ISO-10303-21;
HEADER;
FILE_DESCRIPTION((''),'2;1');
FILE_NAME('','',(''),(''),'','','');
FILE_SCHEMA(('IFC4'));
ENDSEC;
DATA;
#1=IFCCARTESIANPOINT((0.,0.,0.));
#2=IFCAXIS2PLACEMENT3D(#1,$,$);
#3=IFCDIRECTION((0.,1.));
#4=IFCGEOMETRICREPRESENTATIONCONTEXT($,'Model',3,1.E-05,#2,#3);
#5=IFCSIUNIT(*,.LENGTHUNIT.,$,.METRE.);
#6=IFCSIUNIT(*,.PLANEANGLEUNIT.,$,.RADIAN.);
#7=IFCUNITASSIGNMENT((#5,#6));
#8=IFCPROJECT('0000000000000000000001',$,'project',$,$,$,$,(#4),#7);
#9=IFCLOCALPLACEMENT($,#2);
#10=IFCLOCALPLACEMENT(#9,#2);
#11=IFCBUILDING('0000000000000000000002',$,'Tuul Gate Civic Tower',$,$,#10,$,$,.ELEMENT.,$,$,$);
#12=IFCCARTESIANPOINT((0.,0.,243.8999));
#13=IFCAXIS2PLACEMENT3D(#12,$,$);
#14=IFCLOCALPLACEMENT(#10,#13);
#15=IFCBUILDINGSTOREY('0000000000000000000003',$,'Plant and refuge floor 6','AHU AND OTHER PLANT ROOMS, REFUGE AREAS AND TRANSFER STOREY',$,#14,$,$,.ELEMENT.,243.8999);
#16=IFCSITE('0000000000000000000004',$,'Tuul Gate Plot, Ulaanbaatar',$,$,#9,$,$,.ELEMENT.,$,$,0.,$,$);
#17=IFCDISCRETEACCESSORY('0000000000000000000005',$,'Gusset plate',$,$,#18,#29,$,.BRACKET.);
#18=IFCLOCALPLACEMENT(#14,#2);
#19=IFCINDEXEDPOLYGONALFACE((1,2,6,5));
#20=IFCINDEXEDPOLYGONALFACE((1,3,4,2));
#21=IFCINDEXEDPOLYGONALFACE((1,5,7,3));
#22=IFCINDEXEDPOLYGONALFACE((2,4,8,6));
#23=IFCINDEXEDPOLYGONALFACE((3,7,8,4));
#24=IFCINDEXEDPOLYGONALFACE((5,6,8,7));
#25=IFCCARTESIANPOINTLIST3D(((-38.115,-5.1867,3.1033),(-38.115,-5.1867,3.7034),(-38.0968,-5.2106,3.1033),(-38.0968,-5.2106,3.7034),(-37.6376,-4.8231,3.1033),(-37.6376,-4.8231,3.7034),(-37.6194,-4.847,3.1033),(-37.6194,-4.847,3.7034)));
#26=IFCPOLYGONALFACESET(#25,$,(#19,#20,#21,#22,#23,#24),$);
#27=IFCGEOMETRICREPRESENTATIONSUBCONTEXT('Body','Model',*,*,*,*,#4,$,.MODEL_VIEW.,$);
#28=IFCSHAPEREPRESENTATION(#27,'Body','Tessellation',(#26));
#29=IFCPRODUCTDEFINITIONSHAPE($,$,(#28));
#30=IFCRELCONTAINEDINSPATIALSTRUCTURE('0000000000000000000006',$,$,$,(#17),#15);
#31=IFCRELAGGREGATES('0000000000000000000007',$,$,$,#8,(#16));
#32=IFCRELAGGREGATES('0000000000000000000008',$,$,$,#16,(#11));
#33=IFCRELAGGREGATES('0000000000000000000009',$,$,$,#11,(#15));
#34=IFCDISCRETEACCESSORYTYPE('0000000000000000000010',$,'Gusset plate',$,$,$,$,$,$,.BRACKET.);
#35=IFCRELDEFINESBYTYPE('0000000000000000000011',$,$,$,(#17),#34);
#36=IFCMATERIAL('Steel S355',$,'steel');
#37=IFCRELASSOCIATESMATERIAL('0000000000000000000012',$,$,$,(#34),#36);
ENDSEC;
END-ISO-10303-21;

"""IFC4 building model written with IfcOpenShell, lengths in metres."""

from ifc_helpers import new_model, si_unit, direction, frame, origin, origin_2d, place, context, subcontext, project, spatial, rectangle, extrude, material, type_object, element, save


model = new_model("IFC4")

# Units and contexts
model_context = context("Model", 3, precision=1e-05, world=origin(), true_north=direction((0.0, 1.0)))
body_context = subcontext(model_context, "Body", "Model", "MODEL_VIEW")
ifc_project = project(units=[si_unit("LENGTHUNIT", "METRE"), si_unit("PLANEANGLEUNIT", "RADIAN")], contexts=[model_context])

# Site, building, storey
site_placement = place(None, origin())
site = spatial("IfcSite", under=ifc_project, at=site_placement, Name="Tuul Gate Plot, Ulaanbaatar", CompositionType="ELEMENT", RefElevation=0.0)
building_placement = place(site_placement, origin())
building = spatial("IfcBuilding", under=site, at=building_placement, Name="Tuul Gate Civic Tower", CompositionType="ELEMENT")
storey_placement = place(building_placement, frame((0.0, 0.0, 243.8999)))
storey = spatial("IfcBuildingStorey", under=building, at=storey_placement, Name="Plant and refuge floor 6", Description="AHU AND OTHER PLANT ROOMS, REFUGE AREAS AND TRANSFER STOREY", CompositionType="ELEMENT", Elevation=243.8999)

# Discrete accessory
ifc_material_1 = material(Name="Steel S355", Category="steel")
discrete_accessory_type = type_object("IfcDiscreteAccessoryType", Name="Gusset plate", PredefinedType="BRACKET", material=ifc_material_1)
discrete_accessory_placement = place(storey_placement, frame((-37.8672, -5.0168, 3.1033), z_axis=(0.0, 0.0, 1.0), x_axis=(0.795619, 0.605798, 0.0)))
element("IfcDiscreteAccessory", 1, at=discrete_accessory_placement, inside=storey, type_object=discrete_accessory_type, Name="Gusset plate", PredefinedType="BRACKET", context=body_context, shape_type="SweptSolid", body=[
    extrude(rectangle(XDim=0.6001, YDim=0.03, at=origin_2d()), origin(), (0.0, 0.0, 1.0), 0.6001),
])

save(model, "model.ifc")
